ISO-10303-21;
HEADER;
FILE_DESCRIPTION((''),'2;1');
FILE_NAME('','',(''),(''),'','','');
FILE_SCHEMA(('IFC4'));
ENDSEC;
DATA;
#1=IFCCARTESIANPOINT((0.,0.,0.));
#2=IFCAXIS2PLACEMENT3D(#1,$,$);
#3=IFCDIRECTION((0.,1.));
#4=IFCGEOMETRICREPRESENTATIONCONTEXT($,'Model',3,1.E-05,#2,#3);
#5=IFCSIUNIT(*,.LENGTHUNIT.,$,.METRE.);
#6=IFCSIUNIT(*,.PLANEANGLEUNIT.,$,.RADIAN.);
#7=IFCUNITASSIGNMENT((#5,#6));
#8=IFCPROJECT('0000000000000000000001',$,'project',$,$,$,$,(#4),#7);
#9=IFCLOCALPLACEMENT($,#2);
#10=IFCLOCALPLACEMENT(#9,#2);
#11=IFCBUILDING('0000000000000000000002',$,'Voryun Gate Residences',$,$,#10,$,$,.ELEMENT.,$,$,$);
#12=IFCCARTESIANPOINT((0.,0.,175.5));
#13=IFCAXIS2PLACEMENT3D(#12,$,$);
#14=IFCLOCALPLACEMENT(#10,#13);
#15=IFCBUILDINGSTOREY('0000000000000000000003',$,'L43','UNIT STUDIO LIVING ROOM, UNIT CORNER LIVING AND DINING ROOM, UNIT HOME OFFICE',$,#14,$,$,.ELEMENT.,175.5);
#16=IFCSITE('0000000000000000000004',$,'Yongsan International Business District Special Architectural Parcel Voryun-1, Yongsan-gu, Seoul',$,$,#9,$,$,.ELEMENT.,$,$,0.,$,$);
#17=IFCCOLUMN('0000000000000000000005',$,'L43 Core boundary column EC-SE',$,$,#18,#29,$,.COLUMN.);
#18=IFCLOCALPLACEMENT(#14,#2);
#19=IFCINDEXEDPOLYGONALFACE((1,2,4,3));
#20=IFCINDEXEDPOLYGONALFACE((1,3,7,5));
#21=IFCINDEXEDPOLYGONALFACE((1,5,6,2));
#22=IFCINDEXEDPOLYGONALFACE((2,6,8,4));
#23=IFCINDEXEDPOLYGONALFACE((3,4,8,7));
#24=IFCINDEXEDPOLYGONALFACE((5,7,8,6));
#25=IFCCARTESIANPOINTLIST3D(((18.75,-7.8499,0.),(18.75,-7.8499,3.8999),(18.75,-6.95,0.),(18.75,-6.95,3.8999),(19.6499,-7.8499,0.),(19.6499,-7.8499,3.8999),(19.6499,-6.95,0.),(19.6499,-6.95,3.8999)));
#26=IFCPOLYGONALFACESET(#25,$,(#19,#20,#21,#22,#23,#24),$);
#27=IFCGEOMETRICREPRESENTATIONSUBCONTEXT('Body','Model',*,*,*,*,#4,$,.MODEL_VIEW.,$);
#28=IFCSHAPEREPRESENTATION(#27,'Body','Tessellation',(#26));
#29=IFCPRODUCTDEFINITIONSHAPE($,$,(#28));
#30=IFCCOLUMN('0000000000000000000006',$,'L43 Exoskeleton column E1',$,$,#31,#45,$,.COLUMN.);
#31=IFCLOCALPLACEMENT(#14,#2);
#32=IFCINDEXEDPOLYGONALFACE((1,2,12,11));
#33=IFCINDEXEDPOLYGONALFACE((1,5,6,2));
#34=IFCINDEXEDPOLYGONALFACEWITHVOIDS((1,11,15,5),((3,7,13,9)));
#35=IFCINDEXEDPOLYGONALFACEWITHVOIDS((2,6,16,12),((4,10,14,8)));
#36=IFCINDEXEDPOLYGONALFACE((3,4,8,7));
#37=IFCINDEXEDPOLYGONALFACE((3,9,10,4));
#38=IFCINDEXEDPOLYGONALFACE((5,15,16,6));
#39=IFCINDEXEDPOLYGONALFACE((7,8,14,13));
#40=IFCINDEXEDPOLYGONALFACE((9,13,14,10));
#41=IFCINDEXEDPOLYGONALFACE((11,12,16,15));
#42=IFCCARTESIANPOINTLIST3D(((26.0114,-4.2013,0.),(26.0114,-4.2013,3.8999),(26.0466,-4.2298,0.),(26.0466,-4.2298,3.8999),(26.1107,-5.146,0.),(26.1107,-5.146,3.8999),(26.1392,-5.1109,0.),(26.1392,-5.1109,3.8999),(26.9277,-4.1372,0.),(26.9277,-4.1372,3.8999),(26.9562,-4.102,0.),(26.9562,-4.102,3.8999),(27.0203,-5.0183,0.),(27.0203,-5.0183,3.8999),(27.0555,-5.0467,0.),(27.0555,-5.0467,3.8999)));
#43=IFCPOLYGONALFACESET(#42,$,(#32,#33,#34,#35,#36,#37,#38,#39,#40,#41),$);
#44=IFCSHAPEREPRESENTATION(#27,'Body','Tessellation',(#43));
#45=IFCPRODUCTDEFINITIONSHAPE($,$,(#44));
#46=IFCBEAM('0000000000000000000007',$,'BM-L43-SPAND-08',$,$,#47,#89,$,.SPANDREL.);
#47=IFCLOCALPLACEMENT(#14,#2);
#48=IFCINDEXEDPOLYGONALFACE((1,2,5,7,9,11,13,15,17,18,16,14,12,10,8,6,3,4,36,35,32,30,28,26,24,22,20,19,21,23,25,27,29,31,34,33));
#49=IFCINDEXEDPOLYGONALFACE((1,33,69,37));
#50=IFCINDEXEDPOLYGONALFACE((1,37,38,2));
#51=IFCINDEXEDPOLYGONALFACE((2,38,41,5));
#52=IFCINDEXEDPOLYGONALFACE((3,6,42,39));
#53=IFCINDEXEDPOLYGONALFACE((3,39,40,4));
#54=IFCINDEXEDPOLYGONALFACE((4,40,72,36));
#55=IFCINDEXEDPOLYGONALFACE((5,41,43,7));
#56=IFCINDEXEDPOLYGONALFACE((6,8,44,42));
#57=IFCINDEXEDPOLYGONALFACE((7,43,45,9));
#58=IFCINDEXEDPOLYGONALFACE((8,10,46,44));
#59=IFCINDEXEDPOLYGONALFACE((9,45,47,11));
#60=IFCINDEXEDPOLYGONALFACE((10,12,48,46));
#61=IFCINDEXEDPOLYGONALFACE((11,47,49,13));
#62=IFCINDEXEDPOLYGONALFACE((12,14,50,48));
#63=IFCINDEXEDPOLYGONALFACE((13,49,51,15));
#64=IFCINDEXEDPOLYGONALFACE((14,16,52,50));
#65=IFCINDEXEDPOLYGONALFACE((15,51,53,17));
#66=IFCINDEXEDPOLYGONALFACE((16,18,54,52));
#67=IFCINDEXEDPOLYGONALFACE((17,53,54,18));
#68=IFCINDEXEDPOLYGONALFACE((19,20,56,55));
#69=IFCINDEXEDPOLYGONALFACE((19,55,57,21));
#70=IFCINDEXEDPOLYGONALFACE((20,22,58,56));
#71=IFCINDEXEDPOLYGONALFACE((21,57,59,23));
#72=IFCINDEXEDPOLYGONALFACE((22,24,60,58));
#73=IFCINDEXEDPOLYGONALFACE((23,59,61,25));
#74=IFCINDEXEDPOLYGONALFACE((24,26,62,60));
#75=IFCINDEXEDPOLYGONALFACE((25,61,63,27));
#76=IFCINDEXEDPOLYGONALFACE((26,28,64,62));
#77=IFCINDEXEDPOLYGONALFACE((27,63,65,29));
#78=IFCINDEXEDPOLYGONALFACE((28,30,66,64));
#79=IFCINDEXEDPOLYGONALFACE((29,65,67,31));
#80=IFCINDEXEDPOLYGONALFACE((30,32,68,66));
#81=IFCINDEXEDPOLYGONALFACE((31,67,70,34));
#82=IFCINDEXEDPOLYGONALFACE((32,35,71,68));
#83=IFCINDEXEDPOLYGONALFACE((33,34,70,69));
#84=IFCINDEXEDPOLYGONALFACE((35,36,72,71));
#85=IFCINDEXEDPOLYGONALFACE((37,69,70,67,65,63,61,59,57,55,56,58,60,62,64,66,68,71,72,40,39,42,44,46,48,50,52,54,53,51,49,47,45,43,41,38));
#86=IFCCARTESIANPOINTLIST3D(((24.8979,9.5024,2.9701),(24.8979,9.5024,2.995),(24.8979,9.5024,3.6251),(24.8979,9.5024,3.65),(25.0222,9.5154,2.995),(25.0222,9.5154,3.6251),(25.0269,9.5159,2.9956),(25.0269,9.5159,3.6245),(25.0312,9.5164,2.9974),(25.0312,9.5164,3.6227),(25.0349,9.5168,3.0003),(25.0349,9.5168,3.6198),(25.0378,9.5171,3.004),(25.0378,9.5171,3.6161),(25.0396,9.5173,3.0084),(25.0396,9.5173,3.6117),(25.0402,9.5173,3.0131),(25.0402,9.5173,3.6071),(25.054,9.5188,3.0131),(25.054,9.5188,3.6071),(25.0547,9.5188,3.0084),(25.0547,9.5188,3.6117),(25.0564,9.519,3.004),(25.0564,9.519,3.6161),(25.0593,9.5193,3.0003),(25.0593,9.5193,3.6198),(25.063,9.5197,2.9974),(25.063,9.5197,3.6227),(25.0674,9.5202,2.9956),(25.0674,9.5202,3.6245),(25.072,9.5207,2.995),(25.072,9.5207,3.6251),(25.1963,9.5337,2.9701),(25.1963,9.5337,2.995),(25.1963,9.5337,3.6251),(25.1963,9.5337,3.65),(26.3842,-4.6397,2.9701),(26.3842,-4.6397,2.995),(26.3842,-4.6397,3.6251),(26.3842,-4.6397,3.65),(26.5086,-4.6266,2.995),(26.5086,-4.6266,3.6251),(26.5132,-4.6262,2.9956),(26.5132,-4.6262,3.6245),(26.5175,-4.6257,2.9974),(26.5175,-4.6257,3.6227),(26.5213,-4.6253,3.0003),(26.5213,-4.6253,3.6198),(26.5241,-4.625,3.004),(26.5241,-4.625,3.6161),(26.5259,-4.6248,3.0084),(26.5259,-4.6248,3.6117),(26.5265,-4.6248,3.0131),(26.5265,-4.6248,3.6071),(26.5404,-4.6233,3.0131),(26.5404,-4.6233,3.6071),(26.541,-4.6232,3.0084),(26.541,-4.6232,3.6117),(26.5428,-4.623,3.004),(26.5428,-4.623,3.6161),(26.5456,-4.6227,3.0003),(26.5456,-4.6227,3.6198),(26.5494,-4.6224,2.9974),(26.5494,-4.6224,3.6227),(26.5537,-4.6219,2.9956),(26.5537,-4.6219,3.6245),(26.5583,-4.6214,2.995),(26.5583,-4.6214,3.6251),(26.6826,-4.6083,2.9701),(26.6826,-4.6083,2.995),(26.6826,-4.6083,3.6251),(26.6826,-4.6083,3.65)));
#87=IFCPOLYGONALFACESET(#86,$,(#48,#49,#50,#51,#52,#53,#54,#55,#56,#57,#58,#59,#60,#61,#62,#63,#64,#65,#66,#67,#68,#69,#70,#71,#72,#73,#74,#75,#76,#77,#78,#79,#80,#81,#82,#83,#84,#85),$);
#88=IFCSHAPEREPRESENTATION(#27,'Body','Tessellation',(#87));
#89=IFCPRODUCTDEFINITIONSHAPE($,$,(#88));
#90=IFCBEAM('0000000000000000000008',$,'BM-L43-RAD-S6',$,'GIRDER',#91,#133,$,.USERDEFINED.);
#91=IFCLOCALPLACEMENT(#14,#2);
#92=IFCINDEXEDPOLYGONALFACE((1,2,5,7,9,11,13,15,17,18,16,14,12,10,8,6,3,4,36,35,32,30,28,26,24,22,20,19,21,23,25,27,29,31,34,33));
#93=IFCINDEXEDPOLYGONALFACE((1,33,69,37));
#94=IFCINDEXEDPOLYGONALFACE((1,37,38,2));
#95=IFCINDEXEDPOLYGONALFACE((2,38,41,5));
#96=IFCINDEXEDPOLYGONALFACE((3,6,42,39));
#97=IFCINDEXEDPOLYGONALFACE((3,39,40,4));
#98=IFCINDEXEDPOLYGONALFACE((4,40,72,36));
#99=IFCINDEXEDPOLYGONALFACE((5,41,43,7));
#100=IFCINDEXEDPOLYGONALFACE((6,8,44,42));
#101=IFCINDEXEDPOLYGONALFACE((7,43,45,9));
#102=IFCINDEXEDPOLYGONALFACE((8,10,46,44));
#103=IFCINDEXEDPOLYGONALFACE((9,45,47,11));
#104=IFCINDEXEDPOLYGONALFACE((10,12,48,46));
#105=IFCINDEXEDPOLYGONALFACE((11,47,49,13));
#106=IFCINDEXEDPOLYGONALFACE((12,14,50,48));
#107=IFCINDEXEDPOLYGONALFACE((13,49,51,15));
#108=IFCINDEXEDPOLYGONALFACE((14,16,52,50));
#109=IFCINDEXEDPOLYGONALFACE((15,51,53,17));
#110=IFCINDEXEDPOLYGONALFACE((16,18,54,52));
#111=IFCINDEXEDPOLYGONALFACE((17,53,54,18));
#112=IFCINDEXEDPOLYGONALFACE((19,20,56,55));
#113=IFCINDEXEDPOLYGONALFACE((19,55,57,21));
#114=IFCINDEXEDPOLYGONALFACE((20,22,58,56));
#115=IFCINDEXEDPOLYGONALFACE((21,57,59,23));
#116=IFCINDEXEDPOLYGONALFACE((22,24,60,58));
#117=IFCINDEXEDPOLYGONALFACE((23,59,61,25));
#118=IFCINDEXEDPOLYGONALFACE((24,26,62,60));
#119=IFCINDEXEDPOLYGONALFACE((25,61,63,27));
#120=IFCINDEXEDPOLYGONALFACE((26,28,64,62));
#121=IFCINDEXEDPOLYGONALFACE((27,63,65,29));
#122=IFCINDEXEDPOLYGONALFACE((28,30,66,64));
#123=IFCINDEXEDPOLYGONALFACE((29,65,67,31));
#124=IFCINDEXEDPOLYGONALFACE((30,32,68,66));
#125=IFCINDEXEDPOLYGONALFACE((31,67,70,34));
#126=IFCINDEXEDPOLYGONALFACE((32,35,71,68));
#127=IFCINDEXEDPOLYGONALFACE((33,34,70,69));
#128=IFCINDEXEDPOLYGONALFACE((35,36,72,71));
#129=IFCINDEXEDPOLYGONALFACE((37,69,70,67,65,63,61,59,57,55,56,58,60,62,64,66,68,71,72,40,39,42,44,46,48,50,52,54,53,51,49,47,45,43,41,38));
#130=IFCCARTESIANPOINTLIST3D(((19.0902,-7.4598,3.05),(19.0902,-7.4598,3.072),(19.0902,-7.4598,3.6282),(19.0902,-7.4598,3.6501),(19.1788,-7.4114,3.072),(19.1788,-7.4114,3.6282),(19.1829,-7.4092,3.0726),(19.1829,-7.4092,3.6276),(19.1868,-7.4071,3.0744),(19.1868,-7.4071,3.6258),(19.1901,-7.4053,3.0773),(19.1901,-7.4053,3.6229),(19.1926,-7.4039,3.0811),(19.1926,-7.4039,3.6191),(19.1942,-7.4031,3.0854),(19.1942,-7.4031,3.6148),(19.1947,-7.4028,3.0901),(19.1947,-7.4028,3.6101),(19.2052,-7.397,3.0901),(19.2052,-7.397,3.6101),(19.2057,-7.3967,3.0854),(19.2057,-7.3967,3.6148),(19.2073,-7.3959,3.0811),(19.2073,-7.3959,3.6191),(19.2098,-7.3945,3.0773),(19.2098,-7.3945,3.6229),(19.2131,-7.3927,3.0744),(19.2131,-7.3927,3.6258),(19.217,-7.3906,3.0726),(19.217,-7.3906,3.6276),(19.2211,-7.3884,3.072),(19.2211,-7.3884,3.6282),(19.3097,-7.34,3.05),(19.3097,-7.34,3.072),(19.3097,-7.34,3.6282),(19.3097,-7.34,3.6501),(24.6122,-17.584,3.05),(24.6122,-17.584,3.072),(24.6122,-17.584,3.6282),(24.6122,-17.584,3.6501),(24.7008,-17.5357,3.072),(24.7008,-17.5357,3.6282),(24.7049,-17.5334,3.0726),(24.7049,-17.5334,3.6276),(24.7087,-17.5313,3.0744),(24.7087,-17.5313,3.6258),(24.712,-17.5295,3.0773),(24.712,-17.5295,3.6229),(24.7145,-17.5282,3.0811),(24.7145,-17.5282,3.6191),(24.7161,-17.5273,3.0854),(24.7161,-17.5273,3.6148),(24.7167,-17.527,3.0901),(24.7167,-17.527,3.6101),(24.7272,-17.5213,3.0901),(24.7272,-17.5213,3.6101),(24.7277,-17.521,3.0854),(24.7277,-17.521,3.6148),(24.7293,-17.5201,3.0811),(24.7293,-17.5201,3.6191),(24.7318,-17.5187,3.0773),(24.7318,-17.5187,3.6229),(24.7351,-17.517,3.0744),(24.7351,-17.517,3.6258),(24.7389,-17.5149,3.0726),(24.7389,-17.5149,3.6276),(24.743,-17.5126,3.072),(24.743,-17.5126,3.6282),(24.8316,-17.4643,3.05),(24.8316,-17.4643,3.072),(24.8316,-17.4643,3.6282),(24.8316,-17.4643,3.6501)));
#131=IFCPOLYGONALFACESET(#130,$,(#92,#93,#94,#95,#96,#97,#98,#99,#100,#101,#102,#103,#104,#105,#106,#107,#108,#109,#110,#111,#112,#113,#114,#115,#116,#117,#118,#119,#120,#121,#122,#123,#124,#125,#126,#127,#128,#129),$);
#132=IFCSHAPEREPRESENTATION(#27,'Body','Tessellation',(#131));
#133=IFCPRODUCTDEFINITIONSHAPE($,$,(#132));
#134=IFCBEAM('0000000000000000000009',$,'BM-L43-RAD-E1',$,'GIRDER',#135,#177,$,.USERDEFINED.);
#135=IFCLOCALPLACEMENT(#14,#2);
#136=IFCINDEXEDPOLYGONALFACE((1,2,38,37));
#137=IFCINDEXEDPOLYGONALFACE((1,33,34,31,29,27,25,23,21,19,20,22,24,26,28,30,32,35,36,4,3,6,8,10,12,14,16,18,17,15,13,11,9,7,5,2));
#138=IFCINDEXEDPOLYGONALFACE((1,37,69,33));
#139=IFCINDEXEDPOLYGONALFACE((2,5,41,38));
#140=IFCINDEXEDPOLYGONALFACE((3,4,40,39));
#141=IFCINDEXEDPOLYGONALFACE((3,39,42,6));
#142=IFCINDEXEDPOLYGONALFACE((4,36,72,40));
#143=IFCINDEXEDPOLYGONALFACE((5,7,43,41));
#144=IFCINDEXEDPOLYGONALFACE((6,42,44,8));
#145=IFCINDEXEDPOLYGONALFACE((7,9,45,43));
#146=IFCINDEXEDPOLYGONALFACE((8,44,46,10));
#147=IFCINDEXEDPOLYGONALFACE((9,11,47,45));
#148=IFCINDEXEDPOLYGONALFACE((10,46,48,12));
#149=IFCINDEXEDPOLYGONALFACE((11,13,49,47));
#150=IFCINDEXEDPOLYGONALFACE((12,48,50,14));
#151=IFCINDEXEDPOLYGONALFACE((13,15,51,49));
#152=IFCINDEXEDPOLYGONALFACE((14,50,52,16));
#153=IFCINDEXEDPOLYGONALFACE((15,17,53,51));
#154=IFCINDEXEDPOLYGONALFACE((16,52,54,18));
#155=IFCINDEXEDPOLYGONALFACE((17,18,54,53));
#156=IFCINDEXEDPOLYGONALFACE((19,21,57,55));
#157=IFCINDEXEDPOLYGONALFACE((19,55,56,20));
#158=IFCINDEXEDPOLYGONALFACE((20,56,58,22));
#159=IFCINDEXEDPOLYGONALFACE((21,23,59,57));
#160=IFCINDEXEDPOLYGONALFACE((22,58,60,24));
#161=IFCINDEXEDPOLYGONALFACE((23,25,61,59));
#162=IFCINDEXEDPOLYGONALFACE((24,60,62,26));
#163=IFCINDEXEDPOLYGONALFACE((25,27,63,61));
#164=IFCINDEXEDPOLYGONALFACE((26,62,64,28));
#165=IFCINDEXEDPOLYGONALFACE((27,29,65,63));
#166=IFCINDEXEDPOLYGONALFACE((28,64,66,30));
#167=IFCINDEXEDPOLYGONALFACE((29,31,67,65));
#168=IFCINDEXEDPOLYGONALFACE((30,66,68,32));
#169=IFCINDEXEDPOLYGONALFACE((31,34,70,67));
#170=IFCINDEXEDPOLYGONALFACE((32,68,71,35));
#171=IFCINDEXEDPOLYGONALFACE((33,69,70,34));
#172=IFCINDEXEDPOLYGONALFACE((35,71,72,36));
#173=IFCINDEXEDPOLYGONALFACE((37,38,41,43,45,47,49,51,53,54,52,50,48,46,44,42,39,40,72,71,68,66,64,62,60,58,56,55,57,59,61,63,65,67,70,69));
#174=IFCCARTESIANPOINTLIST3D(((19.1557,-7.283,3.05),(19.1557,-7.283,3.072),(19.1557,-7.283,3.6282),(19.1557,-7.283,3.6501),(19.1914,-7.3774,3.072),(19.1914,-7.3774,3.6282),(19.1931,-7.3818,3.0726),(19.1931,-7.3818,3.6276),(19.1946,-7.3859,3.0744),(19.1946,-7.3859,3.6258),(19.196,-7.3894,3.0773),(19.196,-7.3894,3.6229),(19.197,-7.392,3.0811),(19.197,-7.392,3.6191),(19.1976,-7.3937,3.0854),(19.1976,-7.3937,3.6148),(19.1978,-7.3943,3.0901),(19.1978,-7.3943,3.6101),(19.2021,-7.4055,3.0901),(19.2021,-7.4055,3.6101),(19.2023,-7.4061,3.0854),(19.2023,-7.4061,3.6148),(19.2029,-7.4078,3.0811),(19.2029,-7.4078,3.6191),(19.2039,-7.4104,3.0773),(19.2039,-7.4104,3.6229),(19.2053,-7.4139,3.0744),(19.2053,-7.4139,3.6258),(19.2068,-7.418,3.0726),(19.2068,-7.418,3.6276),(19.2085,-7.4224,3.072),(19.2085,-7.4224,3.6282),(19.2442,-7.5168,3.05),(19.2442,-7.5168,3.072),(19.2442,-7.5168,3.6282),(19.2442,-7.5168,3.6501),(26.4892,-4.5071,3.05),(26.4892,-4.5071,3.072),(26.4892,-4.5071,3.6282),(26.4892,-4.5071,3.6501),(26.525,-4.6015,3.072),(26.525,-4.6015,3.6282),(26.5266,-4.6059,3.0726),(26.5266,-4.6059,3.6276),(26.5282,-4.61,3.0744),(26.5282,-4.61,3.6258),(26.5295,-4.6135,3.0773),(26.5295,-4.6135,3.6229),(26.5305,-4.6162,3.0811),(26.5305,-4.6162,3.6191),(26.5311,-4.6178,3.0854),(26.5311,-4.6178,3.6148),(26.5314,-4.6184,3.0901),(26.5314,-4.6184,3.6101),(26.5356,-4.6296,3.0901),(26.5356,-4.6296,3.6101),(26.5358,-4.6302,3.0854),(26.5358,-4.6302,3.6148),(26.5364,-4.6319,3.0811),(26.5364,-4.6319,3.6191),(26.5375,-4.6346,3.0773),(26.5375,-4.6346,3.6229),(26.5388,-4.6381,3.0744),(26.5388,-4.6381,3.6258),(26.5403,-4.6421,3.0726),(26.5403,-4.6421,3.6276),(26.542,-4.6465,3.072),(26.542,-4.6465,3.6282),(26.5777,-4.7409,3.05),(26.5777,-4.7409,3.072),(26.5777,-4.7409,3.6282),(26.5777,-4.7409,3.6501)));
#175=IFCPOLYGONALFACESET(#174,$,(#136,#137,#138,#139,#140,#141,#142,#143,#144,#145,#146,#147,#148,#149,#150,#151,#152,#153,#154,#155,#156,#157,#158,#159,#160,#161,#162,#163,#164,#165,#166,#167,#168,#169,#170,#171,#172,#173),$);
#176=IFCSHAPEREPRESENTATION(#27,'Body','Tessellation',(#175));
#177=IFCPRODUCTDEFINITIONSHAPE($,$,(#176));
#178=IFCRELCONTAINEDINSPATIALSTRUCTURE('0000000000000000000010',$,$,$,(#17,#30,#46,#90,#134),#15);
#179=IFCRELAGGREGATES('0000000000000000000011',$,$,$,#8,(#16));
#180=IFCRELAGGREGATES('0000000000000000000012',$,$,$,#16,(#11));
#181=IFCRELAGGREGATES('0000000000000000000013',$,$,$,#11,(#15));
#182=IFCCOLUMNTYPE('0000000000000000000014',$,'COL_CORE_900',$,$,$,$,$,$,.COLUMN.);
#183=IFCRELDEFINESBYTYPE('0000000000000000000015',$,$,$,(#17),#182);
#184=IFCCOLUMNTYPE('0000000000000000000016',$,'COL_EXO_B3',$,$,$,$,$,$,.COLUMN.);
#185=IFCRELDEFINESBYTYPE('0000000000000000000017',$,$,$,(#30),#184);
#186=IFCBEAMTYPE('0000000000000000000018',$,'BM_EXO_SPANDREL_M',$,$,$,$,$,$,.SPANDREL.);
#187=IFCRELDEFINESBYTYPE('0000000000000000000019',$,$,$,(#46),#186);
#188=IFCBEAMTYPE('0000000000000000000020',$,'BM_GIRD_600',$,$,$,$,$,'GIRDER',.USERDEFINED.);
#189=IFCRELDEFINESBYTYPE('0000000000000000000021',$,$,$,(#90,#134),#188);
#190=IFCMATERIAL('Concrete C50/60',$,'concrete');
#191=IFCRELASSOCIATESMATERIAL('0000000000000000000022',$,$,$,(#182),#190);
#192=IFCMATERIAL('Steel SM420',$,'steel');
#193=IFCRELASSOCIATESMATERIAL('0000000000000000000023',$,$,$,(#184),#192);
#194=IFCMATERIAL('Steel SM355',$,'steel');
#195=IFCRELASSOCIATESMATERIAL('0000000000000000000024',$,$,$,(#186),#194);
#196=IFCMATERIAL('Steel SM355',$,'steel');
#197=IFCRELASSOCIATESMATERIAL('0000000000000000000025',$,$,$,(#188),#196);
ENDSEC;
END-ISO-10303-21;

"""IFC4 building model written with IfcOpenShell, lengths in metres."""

from ifc_helpers import new_model, si_unit, direction, frame, origin, origin_2d, place, context, subcontext, project, spatial, rectangle, hollow_rectangle, i_section, extrude, material, material_profile, profile_set, type_object, element, save


model = new_model("IFC4")

# Units and contexts
model_context = context("Model", 3, precision=1e-05, world=origin(), true_north=direction((0.0, 1.0)))
body_context = subcontext(model_context, "Body", "Model", "MODEL_VIEW")
ifc_project = project(units=[si_unit("LENGTHUNIT", "METRE"), si_unit("PLANEANGLEUNIT", "RADIAN")], contexts=[model_context])

# Site, building, storey
site_placement = place(None, origin())
site = spatial("IfcSite", under=ifc_project, at=site_placement, Name="Yongsan International Business District Special Architectural Parcel Voryun-1, Yongsan-gu, Seoul", CompositionType="ELEMENT", RefElevation=0.0)
building_placement = place(site_placement, origin())
building = spatial("IfcBuilding", under=site, at=building_placement, Name="Voryun Gate Residences", CompositionType="ELEMENT")
storey_placement = place(building_placement, frame((0.0, 0.0, 175.5)))
storey = spatial("IfcBuildingStorey", under=building, at=storey_placement, Name="L43", Description="UNIT STUDIO LIVING ROOM, UNIT CORNER LIVING AND DINING ROOM, UNIT HOME OFFICE", CompositionType="ELEMENT", Elevation=175.5)

# Columns
ifc_material_1 = material(Name="Concrete C50/60", Category="concrete")
ifc_material_profile_1 = material_profile(ifc_material_1, rectangle(XDim=0.8999, YDim=0.8999, at=origin_2d()), Name="RC-900x900")
ifc_profile_set_1 = profile_set([ifc_material_profile_1], Name="Concrete C50/60")
column_type_1 = type_object("IfcColumnType", Name="COL_CORE_900", PredefinedType="COLUMN", material=ifc_profile_set_1)
column_1_placement = place(storey_placement, frame((19.2, -7.3999, 0.0), z_axis=(0.0, 0.0, 1.0), x_axis=(1.0, 0.0, 0.0)))
element("IfcColumn", 1, at=column_1_placement, inside=storey, type_object=column_type_1, Name="L43 Core boundary column EC-SE", PredefinedType="COLUMN", context=body_context, shape_type="SweptSolid", body=[
    extrude(rectangle(XDim=0.8999, YDim=0.8999, at=origin_2d()), origin(), (0.0, 0.0, 1.0), 3.8999),
])
ifc_material_2 = material(Name="Steel SM420", Category="steel")
ifc_material_profile_2 = material_profile(ifc_material_2, hollow_rectangle(XDim=0.95, YDim=0.95, WallThickness=0.032, at=origin_2d()), Name="BOX-950x950x32")
ifc_profile_set_2 = profile_set([ifc_material_profile_2], Name="Steel SM420")
column_type_2 = type_object("IfcColumnType", Name="COL_EXO_B3", PredefinedType="COLUMN", material=ifc_profile_set_2)
column_2_placement = place(storey_placement, frame((26.5334, -4.624, 0.0), z_axis=(0.0, 0.0, 1.0), x_axis=(0.994522, 0.104528, 0.0)))
element("IfcColumn", 2, at=column_2_placement, inside=storey, type_object=column_type_2, Name="L43 Exoskeleton column E1", PredefinedType="COLUMN", context=body_context, shape_type="SweptSolid", body=[
    extrude(hollow_rectangle(XDim=0.95, YDim=0.95, WallThickness=0.032, at=origin_2d()), origin(), (0.0, 0.0, 1.0), 3.8999),
])

# Beams
ifc_material_3 = material(Name="Steel SM355", Category="steel")
ifc_material_profile_3 = material_profile(ifc_material_3, i_section(OverallWidth=0.3, OverallDepth=0.6799, WebThickness=0.0139, FlangeThickness=0.0249, FilletRadius=0.0181, at=origin_2d()), Name="H-680x300x14x25")
ifc_profile_set_3 = profile_set([ifc_material_profile_3], Name="Steel SM355")
beam_type_1 = type_object("IfcBeamType", Name="BM_EXO_SPANDREL_M", PredefinedType="SPANDREL", material=ifc_profile_set_3)
beam_1_placement = place(storey_placement, frame((26.5334, -4.624, 3.3101), z_axis=(-0.104524, 0.994522, 0.0), x_axis=(-0.994522, -0.104524, 0.0)))
element("IfcBeam", 3, at=beam_1_placement, inside=storey, type_object=beam_type_1, Name="BM-L43-SPAND-08", PredefinedType="SPANDREL", context=body_context, shape_type="SweptSolid", body=[
    extrude(i_section(OverallWidth=0.3, OverallDepth=0.6799, WebThickness=0.0139, FlangeThickness=0.0249, FilletRadius=0.0181, at=origin_2d()), origin(), (0.0, 0.0, 1.0), 14.22),
])
ifc_material_4 = material(Name="Steel SM355", Category="steel")
ifc_material_profile_4 = material_profile(ifc_material_4, i_section(OverallWidth=0.25, OverallDepth=0.6001, WebThickness=0.012, FlangeThickness=0.022, FilletRadius=0.0181, at=origin_2d()), Name="H-600x250x12x22")
ifc_profile_set_4 = profile_set([ifc_material_profile_4], Name="Steel SM355")
beam_type_2 = type_object("IfcBeamType", Name="BM_GIRD_600", ElementType="GIRDER", PredefinedType="USERDEFINED", material=ifc_profile_set_4)
beam_2_placement = place(storey_placement, frame((19.2, -7.3999, 3.3501), z_axis=(0.478828, -0.877909, 0.0), x_axis=(0.877909, 0.478828, 0.0)))
element("IfcBeam", 4, at=beam_2_placement, inside=storey, type_object=beam_type_2, Name="BM-L43-RAD-S6", ObjectType="GIRDER", PredefinedType="USERDEFINED", context=body_context, shape_type="SweptSolid", body=[
    extrude(i_section(OverallWidth=0.25, OverallDepth=0.6001, WebThickness=0.012, FlangeThickness=0.022, FilletRadius=0.0181, at=origin_2d()), origin(), (0.0, 0.0, 1.0), 11.5322),
])
beam_3_placement = place(storey_placement, frame((19.2, -7.3999, 3.3501), z_axis=(0.935242, 0.354008, 0.0), x_axis=(-0.354008, 0.935242, 0.0)))
element("IfcBeam", 5, at=beam_3_placement, inside=storey, type_object=beam_type_2, Name="BM-L43-RAD-E1", ObjectType="GIRDER", PredefinedType="USERDEFINED", context=body_context, shape_type="SweptSolid", body=[
    extrude(i_section(OverallWidth=0.25, OverallDepth=0.6001, WebThickness=0.012, FlangeThickness=0.022, FilletRadius=0.0181, at=origin_2d()), origin(), (0.0, 0.0, 1.0), 7.8413),
])

save(model, "model.ifc")
